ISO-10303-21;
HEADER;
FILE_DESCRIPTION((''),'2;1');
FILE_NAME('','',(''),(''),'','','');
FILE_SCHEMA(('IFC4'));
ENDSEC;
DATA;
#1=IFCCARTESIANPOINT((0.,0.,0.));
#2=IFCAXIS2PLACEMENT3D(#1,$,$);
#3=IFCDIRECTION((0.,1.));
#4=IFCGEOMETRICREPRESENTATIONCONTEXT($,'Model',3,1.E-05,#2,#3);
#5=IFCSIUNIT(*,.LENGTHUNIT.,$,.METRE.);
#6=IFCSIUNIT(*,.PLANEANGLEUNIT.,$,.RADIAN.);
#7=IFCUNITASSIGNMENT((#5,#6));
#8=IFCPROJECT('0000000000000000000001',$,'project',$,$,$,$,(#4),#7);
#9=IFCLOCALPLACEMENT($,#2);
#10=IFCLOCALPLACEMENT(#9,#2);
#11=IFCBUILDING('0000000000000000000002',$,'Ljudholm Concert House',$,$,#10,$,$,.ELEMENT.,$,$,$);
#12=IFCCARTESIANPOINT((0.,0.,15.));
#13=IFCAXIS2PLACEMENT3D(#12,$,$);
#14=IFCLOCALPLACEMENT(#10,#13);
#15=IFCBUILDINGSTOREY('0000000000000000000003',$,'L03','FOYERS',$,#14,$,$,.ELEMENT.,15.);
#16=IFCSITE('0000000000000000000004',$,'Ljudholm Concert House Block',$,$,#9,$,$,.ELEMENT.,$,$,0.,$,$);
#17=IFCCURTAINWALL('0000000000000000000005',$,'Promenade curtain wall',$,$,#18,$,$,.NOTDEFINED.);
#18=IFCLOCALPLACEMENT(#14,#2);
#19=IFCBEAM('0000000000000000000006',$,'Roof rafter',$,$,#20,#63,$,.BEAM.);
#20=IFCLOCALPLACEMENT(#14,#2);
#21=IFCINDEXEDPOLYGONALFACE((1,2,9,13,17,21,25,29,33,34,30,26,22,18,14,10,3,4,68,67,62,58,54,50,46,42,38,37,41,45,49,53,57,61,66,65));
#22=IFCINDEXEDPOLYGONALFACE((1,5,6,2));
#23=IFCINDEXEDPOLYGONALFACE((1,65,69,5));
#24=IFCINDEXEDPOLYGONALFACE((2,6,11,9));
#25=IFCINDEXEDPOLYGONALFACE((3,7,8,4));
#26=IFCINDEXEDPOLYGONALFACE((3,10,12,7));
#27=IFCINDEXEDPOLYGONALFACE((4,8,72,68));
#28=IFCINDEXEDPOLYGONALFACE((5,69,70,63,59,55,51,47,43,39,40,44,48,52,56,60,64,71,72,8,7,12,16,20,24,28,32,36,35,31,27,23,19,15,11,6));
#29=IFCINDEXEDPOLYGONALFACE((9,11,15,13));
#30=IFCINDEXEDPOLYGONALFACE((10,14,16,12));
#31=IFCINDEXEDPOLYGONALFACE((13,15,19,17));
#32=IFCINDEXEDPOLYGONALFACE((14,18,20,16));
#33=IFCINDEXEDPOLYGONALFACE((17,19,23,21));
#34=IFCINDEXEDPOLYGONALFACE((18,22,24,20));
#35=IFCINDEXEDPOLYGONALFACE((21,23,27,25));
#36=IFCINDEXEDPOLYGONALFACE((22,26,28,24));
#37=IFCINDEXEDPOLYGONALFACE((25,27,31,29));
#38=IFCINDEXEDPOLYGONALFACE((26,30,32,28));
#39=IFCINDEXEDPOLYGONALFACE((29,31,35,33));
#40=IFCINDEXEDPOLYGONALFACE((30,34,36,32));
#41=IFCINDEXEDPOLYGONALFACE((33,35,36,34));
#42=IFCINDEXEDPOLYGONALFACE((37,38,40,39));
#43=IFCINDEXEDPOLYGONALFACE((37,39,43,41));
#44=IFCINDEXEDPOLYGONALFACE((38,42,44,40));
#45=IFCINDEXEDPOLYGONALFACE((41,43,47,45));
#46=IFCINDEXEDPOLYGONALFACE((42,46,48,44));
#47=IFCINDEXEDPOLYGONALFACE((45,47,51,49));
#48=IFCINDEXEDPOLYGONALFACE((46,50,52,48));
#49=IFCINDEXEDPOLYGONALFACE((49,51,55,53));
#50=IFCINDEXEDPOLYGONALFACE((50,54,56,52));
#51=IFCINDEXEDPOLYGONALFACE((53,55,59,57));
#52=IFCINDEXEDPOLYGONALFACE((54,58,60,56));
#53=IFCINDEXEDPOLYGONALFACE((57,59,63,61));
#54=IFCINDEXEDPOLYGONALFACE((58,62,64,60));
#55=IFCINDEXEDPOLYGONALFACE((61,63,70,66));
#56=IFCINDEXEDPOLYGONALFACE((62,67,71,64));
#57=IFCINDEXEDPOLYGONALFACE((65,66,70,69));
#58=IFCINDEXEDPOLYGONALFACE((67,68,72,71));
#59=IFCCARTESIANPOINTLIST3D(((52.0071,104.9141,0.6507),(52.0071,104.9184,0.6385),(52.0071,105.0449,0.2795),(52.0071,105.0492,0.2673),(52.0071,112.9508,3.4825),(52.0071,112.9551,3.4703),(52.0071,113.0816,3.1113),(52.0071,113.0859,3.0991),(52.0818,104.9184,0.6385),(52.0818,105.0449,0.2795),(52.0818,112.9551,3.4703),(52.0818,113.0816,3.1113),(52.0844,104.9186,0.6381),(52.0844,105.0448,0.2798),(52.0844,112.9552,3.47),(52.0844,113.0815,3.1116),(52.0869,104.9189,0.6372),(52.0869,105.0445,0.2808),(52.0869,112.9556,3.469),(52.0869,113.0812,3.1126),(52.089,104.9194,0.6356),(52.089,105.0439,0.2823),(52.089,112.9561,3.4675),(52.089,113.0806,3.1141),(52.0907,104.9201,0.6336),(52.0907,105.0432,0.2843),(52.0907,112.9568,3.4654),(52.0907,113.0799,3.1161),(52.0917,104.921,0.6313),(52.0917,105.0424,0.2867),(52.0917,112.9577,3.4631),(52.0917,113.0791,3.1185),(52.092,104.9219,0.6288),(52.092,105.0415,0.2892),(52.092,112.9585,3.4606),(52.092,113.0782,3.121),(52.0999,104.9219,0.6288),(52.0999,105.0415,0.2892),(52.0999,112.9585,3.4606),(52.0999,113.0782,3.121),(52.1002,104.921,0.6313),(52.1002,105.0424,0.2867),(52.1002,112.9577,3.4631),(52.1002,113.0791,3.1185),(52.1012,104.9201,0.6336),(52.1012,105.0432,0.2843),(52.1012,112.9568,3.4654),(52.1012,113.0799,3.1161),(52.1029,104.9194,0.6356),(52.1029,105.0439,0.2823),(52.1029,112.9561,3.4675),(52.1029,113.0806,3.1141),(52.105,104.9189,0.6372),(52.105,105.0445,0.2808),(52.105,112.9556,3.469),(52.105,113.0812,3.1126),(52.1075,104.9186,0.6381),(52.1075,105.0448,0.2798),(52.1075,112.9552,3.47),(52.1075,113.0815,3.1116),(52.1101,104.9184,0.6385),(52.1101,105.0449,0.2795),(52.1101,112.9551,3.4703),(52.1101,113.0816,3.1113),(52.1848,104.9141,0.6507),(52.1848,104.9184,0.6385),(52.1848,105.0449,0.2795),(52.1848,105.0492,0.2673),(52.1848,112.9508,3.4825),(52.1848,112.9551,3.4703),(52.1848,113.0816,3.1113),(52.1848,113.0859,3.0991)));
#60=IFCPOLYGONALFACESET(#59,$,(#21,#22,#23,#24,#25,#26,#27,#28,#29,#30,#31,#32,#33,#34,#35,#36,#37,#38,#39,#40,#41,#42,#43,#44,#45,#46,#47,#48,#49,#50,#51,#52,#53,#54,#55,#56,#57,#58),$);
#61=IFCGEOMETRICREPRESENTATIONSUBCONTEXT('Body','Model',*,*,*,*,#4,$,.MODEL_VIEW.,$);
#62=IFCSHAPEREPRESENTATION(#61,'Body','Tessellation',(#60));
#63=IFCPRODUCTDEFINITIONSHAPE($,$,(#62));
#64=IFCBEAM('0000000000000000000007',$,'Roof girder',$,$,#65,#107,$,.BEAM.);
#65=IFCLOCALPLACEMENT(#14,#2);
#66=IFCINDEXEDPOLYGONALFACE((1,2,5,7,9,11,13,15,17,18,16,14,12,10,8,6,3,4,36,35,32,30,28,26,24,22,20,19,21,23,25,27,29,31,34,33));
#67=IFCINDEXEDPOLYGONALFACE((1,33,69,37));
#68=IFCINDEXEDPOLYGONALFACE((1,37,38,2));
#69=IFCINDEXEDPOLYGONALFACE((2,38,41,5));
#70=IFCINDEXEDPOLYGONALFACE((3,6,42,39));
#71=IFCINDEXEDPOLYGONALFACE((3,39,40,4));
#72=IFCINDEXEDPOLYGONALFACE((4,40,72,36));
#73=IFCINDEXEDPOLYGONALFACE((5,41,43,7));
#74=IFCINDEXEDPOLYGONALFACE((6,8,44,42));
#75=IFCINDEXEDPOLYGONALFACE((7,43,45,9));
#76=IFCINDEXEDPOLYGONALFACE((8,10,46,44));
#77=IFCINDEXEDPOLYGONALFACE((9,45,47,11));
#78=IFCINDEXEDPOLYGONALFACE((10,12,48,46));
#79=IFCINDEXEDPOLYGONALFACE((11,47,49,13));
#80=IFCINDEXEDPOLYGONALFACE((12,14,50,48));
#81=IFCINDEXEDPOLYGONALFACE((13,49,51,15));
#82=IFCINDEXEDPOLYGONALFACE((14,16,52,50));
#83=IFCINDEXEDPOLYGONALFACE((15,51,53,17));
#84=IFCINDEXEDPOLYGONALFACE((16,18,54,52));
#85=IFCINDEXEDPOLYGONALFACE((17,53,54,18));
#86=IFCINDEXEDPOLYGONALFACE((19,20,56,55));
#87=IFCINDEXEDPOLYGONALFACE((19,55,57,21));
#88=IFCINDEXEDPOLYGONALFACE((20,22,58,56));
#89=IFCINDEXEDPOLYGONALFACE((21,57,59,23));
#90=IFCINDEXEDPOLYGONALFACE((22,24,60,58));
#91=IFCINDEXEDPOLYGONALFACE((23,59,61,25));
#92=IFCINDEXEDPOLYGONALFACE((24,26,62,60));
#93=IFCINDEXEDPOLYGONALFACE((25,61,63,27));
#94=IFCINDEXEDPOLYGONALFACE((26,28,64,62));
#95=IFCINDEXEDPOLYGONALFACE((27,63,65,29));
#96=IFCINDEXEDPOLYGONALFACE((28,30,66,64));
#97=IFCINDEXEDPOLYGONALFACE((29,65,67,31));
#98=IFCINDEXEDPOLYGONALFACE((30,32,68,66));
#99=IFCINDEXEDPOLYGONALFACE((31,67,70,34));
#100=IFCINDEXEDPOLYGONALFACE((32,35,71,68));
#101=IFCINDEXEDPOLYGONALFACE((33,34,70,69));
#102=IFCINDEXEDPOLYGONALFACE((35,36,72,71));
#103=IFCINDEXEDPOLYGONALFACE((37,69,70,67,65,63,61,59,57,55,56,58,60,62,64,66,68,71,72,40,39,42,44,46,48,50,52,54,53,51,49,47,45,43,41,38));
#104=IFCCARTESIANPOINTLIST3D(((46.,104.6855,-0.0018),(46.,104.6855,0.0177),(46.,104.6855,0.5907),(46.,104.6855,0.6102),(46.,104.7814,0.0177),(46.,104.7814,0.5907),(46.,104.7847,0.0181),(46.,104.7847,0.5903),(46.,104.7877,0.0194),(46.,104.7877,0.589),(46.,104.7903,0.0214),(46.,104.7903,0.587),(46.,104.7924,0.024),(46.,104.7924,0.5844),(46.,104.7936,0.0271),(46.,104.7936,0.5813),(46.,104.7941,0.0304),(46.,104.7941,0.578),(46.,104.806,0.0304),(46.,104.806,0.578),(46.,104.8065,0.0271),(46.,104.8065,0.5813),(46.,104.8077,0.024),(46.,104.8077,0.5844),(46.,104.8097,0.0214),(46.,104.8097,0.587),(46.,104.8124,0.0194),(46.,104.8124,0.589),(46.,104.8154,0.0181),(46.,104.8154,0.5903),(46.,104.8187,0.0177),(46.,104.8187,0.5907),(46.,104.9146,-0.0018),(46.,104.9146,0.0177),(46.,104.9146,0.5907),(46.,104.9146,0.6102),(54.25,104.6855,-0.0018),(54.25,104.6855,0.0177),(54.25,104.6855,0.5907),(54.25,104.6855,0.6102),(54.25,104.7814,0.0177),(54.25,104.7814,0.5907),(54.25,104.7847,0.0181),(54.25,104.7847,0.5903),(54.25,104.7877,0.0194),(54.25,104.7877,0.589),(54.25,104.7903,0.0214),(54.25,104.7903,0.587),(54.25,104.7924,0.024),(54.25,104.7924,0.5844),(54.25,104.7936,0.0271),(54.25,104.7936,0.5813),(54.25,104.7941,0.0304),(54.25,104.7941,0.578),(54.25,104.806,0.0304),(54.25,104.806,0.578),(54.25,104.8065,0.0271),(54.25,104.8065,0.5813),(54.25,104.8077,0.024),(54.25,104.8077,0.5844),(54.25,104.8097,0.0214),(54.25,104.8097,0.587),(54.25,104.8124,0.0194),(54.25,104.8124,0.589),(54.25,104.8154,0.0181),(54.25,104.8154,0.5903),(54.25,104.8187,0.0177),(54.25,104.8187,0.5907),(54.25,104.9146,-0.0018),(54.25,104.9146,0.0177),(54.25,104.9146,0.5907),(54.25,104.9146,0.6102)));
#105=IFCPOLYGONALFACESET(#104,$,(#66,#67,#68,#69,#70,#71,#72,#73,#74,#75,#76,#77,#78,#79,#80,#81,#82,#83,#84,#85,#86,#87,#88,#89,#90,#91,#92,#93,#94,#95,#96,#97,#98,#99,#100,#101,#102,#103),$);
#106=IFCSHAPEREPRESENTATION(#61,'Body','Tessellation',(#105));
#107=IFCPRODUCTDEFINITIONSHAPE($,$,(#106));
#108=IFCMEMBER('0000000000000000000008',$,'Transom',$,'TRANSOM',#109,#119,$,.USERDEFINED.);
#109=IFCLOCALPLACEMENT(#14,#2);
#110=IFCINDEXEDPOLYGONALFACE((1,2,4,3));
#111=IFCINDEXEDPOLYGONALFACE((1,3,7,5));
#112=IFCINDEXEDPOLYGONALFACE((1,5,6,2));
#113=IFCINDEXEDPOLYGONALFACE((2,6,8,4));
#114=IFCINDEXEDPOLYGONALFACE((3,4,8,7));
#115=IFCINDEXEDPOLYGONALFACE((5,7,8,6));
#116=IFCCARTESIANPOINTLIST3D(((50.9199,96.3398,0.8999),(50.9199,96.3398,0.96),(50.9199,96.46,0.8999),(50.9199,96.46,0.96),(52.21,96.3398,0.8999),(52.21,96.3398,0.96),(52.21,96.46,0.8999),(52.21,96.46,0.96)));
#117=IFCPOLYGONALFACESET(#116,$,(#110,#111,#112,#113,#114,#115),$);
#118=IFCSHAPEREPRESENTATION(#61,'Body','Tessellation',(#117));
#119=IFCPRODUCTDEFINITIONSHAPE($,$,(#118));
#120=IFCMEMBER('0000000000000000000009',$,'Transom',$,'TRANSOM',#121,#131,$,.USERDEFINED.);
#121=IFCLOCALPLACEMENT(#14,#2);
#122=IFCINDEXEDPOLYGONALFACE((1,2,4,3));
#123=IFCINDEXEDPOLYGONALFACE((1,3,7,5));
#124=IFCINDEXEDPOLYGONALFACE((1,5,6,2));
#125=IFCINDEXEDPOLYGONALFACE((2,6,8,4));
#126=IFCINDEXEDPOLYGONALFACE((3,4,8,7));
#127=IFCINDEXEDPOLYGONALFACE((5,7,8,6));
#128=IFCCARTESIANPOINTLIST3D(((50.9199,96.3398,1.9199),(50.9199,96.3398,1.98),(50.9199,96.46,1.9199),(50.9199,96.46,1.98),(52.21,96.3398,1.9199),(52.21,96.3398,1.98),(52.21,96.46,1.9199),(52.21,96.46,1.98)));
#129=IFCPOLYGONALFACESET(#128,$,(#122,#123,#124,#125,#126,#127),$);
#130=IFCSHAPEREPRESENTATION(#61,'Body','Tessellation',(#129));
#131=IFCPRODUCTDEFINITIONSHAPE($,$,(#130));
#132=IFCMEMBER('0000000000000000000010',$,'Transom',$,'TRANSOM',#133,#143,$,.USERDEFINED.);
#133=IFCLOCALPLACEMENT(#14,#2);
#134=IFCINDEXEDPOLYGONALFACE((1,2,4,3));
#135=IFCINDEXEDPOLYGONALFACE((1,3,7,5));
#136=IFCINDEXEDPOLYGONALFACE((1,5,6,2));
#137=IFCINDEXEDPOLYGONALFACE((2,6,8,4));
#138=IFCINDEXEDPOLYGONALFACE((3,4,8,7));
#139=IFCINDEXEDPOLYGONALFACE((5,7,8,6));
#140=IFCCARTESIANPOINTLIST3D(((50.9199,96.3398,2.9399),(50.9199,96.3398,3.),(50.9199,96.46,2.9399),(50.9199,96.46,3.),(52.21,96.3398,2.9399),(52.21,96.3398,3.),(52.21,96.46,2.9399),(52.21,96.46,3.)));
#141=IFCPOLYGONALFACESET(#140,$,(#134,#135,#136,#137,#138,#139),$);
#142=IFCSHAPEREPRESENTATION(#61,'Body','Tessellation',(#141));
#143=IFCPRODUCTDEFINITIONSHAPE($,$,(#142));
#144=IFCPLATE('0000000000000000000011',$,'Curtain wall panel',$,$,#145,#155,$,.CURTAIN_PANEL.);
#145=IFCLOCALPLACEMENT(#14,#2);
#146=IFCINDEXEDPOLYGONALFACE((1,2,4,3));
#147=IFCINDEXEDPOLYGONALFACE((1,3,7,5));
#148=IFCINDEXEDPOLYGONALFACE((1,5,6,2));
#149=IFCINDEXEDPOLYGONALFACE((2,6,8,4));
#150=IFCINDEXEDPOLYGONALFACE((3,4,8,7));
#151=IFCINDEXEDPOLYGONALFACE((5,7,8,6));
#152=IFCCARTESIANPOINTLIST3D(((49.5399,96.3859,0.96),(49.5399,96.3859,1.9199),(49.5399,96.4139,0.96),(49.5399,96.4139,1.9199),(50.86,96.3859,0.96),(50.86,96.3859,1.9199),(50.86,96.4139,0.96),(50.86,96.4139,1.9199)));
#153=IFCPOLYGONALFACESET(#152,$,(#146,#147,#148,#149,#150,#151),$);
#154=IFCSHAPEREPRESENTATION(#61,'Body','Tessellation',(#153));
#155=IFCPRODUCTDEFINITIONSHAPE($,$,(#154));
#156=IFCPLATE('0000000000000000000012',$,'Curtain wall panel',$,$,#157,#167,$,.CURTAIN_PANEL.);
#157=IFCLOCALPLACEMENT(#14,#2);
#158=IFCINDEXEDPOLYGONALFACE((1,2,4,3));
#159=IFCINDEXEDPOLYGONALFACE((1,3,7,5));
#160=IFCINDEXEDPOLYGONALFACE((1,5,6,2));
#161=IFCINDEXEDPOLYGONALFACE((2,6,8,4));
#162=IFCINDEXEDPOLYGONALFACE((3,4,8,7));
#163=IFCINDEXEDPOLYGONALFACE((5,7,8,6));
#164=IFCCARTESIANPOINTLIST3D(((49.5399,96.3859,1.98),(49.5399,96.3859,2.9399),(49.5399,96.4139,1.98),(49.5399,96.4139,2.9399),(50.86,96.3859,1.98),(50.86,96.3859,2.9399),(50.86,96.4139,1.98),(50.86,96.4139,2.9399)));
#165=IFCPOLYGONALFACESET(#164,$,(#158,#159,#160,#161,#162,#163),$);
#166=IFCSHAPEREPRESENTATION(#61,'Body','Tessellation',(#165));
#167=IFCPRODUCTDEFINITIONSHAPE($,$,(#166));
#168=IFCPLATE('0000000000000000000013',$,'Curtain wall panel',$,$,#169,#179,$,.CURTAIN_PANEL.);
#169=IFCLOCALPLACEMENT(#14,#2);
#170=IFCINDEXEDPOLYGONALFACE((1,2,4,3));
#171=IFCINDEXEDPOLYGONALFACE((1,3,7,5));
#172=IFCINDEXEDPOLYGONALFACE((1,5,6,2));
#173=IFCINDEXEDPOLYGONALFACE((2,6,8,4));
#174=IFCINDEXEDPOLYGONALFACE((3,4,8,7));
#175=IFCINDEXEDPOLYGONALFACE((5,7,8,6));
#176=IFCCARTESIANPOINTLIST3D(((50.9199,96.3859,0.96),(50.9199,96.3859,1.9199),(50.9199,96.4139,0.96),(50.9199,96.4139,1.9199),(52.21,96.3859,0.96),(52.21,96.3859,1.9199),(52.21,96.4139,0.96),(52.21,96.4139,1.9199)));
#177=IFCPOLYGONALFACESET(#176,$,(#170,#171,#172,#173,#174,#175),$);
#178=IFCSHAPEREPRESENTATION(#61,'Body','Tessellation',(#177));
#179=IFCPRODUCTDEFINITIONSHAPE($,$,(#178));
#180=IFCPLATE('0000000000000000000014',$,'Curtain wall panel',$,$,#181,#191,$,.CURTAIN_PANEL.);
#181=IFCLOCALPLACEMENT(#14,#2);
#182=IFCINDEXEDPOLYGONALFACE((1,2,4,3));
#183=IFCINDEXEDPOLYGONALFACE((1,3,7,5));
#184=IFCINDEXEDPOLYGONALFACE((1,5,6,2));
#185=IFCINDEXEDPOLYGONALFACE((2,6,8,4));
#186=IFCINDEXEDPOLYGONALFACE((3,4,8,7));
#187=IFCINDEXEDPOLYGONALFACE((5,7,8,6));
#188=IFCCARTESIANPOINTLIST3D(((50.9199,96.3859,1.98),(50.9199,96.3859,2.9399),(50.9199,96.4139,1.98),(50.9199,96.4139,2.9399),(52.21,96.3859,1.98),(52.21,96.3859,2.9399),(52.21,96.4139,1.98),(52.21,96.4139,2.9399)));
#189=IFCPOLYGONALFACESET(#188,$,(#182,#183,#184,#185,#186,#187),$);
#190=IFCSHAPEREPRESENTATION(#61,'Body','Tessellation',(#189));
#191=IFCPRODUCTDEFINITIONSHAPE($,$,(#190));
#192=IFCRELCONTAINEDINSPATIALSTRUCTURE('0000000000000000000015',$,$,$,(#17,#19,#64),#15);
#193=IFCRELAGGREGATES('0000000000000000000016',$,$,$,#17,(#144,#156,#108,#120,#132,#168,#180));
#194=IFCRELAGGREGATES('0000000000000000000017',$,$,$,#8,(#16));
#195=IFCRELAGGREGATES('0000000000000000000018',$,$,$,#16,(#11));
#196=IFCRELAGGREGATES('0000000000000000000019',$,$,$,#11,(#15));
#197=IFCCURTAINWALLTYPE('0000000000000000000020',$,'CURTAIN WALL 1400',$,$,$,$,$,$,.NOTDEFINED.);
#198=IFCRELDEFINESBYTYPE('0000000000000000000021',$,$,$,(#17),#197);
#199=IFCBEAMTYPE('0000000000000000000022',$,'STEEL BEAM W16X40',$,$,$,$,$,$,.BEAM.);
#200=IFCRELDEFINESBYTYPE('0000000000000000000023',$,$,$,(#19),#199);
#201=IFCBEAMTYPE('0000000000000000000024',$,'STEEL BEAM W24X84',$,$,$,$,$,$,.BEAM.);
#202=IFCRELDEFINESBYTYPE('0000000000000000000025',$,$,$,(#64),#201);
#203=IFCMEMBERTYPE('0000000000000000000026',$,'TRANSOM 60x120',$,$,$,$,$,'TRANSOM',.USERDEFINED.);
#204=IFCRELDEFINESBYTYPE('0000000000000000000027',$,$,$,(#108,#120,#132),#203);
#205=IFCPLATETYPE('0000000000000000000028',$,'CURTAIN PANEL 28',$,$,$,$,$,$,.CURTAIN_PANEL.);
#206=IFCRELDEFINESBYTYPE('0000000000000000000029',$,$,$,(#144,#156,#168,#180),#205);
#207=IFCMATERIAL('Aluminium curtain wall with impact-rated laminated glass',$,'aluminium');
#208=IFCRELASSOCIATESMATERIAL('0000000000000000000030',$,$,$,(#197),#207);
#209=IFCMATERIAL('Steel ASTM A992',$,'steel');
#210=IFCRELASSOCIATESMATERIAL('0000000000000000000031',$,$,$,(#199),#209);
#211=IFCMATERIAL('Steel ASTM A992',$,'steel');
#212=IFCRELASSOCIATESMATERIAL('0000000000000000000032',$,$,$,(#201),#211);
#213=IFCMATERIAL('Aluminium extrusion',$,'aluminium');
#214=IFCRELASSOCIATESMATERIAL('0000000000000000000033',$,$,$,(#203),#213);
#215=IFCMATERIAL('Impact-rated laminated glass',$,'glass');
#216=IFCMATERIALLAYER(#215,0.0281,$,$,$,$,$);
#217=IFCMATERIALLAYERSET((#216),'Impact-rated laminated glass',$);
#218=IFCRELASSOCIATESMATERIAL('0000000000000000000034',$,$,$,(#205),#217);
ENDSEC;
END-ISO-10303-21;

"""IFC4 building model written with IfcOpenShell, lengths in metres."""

from ifc_helpers import new_model, si_unit, direction, frame, origin, origin_2d, place, context, subcontext, project, spatial, rectangle, i_section, extrude, material, layer, layer_set, material_profile, profile_set, type_object, element, aggregate, save


model = new_model("IFC4")

# Units and contexts
model_context = context("Model", 3, precision=1e-05, world=origin(), true_north=direction((0.0, 1.0)))
body_context = subcontext(model_context, "Body", "Model", "MODEL_VIEW")
ifc_project = project(units=[si_unit("LENGTHUNIT", "METRE"), si_unit("PLANEANGLEUNIT", "RADIAN")], contexts=[model_context])

# Site, building, storey
site_placement = place(None, origin())
site = spatial("IfcSite", under=ifc_project, at=site_placement, Name="Ljudholm Concert House Block", CompositionType="ELEMENT", RefElevation=0.0)
building_placement = place(site_placement, origin())
building = spatial("IfcBuilding", under=site, at=building_placement, Name="Ljudholm Concert House", CompositionType="ELEMENT")
storey_placement = place(building_placement, frame((0.0, 0.0, 15.0)))
storey = spatial("IfcBuildingStorey", under=building, at=storey_placement, Name="L03", Description="FOYERS", CompositionType="ELEMENT", Elevation=15.0)

# Curtain wall
ifc_material_1 = material(Name="Aluminium curtain wall with impact-rated laminated glass", Category="aluminium")
curtain_wall_type_1 = type_object("IfcCurtainWallType", Name="CURTAIN WALL 1400", PredefinedType="NOTDEFINED", material=ifc_material_1)
curtain_wall_1_placement = place(storey_placement, origin())
curtain_wall_1 = element("IfcCurtainWall", 1, at=curtain_wall_1_placement, inside=storey, type_object=curtain_wall_type_1, Name="Promenade curtain wall", PredefinedType="NOTDEFINED")

# Beams
ifc_material_2 = material(Name="Steel ASTM A992", Category="steel")
ifc_material_profile_1 = material_profile(ifc_material_2, i_section(OverallWidth=0.1777, OverallDepth=0.4065, WebThickness=0.0078, FlangeThickness=0.0129, FilletRadius=0.0103, at=origin_2d()), Name="W16X40")
ifc_profile_set_1 = profile_set([ifc_material_profile_1], Name="Steel ASTM A992")
beam_type_1 = type_object("IfcBeamType", Name="STEEL BEAM W16X40", PredefinedType="BEAM", material=ifc_profile_set_1)
for number, where, z_axis, x_axis, name in (
    (2, (52.0959, 104.9817, 0.459), (0.0, 0.943162, 0.332333), (-1.0, 0.0, 0.0), "Roof rafter"),
):
    element("IfcBeam", number, at=place(storey_placement, frame(where, z_axis=z_axis, x_axis=x_axis)), inside=storey, type_object=beam_type_1, Name=name, PredefinedType="BEAM", context=body_context, shape_type="SweptSolid", body=[
        extrude(i_section(OverallWidth=0.1777, OverallDepth=0.4065, WebThickness=0.0078, FlangeThickness=0.0129, FilletRadius=0.0103, at=origin_2d()), origin(), (0.0, 0.0, 1.0), 8.521),
    ])
ifc_material_3 = material(Name="Steel ASTM A992", Category="steel")
ifc_material_profile_2 = material_profile(ifc_material_3, i_section(OverallWidth=0.229, OverallDepth=0.6121, WebThickness=0.012, FlangeThickness=0.0195, FilletRadius=0.0127, at=origin_2d()), Name="W24X84")
ifc_profile_set_2 = profile_set([ifc_material_profile_2], Name="Steel ASTM A992")
beam_type_2 = type_object("IfcBeamType", Name="STEEL BEAM W24X84", PredefinedType="BEAM", material=ifc_profile_set_2)
beam_placement = place(storey_placement, frame((46.0, 104.8, 0.3042), z_axis=(1.0, 0.0, 0.0), x_axis=(0.0, 1.0, 0.0)))
element("IfcBeam", 3, at=beam_placement, inside=storey, type_object=beam_type_2, Name="Roof girder", PredefinedType="BEAM", context=body_context, shape_type="SweptSolid", body=[
    extrude(i_section(OverallWidth=0.229, OverallDepth=0.6121, WebThickness=0.012, FlangeThickness=0.0195, FilletRadius=0.0127, at=origin_2d()), origin(), (0.0, 0.0, 1.0), 8.25),
])

# Members
ifc_material_4 = material(Name="Aluminium extrusion", Category="aluminium")
ifc_material_profile_3 = material_profile(ifc_material_4, rectangle(XDim=0.1201, YDim=0.0601, at=origin_2d()), Name="TRANSOM 60x120")
ifc_profile_set_3 = profile_set([ifc_material_profile_3], Name="Aluminium extrusion")
member_type_1 = type_object("IfcMemberType", Name="TRANSOM 60x120", ElementType="TRANSOM", PredefinedType="USERDEFINED", material=ifc_profile_set_3)
member_1_placement = place(storey_placement, frame((50.9199, 96.3999, 0.9299), z_axis=(1.0, 0.0, 0.0), x_axis=(0.0, 1.0, 0.0)))
member_1 = element("IfcMember", 4, at=member_1_placement, type_object=member_type_1, Name="Transom", ObjectType="TRANSOM", PredefinedType="USERDEFINED", context=body_context, shape_type="SweptSolid", body=[
    extrude(rectangle(XDim=0.1201, YDim=0.0601, at=origin_2d()), origin(), (0.0, 0.0, 1.0), 1.29),
])
member_2_placement = place(storey_placement, frame((50.9199, 96.3999, 1.95), z_axis=(1.0, 0.0, 0.0), x_axis=(0.0, 1.0, 0.0)))
member_2 = element("IfcMember", 5, at=member_2_placement, type_object=member_type_1, Name="Transom", ObjectType="TRANSOM", PredefinedType="USERDEFINED", context=body_context, shape_type="SweptSolid", body=[
    extrude(rectangle(XDim=0.1201, YDim=0.0601, at=origin_2d()), origin(), (0.0, 0.0, 1.0), 1.29),
])
member_3_placement = place(storey_placement, frame((50.9199, 96.3999, 2.97), z_axis=(1.0, 0.0, 0.0), x_axis=(0.0, 1.0, 0.0)))
member_3 = element("IfcMember", 6, at=member_3_placement, type_object=member_type_1, Name="Transom", ObjectType="TRANSOM", PredefinedType="USERDEFINED", context=body_context, shape_type="SweptSolid", body=[
    extrude(rectangle(XDim=0.1201, YDim=0.0601, at=origin_2d()), origin(), (0.0, 0.0, 1.0), 1.29),
])

# Plates
ifc_material_5 = material(Name="Impact-rated laminated glass", Category="glass")
ifc_layer_1 = layer(ifc_material_5, 0.0281)
ifc_layer_set_1 = layer_set([ifc_layer_1], Name="Impact-rated laminated glass")
plate_type_1 = type_object("IfcPlateType", Name="CURTAIN PANEL 28", PredefinedType="CURTAIN_PANEL", material=ifc_layer_set_1)
plate_1_placement = place(storey_placement, frame((50.2, 96.3999, 0.96), z_axis=(0.0, 0.0, 1.0), x_axis=(1.0, 0.0, 0.0)))
plate_1 = element("IfcPlate", 7, at=plate_1_placement, type_object=plate_type_1, Name="Curtain wall panel", PredefinedType="CURTAIN_PANEL", context=body_context, shape_type="SweptSolid", body=[
    extrude(rectangle(XDim=1.3201, YDim=0.0281, at=origin_2d()), origin(), (0.0, 0.0, 1.0), 0.96),
])
plate_2_placement = place(storey_placement, frame((50.2, 96.3999, 1.98), z_axis=(0.0, 0.0, 1.0), x_axis=(1.0, 0.0, 0.0)))
plate_2 = element("IfcPlate", 8, at=plate_2_placement, type_object=plate_type_1, Name="Curtain wall panel", PredefinedType="CURTAIN_PANEL", context=body_context, shape_type="SweptSolid", body=[
    extrude(rectangle(XDim=1.3201, YDim=0.0281, at=origin_2d()), origin(), (0.0, 0.0, 1.0), 0.96),
])
plate_3_placement = place(storey_placement, frame((51.5649, 96.3999, 0.96), z_axis=(0.0, 0.0, 1.0), x_axis=(1.0, 0.0, 0.0)))
plate_3 = element("IfcPlate", 9, at=plate_3_placement, type_object=plate_type_1, Name="Curtain wall panel", PredefinedType="CURTAIN_PANEL", context=body_context, shape_type="SweptSolid", body=[
    extrude(rectangle(XDim=1.29, YDim=0.0281, at=origin_2d()), origin(), (0.0, 0.0, 1.0), 0.96),
])
plate_4_placement = place(storey_placement, frame((51.5649, 96.3999, 1.98), z_axis=(0.0, 0.0, 1.0), x_axis=(1.0, 0.0, 0.0)))
plate_4 = element("IfcPlate", 10, at=plate_4_placement, type_object=plate_type_1, Name="Curtain wall panel", PredefinedType="CURTAIN_PANEL", context=body_context, shape_type="SweptSolid", body=[
    extrude(rectangle(XDim=1.29, YDim=0.0281, at=origin_2d()), origin(), (0.0, 0.0, 1.0), 0.96),
])
aggregate(curtain_wall_1, [plate_1, plate_2, member_1, member_2, member_3, plate_3, plate_4])

save(model, "model.ifc")
